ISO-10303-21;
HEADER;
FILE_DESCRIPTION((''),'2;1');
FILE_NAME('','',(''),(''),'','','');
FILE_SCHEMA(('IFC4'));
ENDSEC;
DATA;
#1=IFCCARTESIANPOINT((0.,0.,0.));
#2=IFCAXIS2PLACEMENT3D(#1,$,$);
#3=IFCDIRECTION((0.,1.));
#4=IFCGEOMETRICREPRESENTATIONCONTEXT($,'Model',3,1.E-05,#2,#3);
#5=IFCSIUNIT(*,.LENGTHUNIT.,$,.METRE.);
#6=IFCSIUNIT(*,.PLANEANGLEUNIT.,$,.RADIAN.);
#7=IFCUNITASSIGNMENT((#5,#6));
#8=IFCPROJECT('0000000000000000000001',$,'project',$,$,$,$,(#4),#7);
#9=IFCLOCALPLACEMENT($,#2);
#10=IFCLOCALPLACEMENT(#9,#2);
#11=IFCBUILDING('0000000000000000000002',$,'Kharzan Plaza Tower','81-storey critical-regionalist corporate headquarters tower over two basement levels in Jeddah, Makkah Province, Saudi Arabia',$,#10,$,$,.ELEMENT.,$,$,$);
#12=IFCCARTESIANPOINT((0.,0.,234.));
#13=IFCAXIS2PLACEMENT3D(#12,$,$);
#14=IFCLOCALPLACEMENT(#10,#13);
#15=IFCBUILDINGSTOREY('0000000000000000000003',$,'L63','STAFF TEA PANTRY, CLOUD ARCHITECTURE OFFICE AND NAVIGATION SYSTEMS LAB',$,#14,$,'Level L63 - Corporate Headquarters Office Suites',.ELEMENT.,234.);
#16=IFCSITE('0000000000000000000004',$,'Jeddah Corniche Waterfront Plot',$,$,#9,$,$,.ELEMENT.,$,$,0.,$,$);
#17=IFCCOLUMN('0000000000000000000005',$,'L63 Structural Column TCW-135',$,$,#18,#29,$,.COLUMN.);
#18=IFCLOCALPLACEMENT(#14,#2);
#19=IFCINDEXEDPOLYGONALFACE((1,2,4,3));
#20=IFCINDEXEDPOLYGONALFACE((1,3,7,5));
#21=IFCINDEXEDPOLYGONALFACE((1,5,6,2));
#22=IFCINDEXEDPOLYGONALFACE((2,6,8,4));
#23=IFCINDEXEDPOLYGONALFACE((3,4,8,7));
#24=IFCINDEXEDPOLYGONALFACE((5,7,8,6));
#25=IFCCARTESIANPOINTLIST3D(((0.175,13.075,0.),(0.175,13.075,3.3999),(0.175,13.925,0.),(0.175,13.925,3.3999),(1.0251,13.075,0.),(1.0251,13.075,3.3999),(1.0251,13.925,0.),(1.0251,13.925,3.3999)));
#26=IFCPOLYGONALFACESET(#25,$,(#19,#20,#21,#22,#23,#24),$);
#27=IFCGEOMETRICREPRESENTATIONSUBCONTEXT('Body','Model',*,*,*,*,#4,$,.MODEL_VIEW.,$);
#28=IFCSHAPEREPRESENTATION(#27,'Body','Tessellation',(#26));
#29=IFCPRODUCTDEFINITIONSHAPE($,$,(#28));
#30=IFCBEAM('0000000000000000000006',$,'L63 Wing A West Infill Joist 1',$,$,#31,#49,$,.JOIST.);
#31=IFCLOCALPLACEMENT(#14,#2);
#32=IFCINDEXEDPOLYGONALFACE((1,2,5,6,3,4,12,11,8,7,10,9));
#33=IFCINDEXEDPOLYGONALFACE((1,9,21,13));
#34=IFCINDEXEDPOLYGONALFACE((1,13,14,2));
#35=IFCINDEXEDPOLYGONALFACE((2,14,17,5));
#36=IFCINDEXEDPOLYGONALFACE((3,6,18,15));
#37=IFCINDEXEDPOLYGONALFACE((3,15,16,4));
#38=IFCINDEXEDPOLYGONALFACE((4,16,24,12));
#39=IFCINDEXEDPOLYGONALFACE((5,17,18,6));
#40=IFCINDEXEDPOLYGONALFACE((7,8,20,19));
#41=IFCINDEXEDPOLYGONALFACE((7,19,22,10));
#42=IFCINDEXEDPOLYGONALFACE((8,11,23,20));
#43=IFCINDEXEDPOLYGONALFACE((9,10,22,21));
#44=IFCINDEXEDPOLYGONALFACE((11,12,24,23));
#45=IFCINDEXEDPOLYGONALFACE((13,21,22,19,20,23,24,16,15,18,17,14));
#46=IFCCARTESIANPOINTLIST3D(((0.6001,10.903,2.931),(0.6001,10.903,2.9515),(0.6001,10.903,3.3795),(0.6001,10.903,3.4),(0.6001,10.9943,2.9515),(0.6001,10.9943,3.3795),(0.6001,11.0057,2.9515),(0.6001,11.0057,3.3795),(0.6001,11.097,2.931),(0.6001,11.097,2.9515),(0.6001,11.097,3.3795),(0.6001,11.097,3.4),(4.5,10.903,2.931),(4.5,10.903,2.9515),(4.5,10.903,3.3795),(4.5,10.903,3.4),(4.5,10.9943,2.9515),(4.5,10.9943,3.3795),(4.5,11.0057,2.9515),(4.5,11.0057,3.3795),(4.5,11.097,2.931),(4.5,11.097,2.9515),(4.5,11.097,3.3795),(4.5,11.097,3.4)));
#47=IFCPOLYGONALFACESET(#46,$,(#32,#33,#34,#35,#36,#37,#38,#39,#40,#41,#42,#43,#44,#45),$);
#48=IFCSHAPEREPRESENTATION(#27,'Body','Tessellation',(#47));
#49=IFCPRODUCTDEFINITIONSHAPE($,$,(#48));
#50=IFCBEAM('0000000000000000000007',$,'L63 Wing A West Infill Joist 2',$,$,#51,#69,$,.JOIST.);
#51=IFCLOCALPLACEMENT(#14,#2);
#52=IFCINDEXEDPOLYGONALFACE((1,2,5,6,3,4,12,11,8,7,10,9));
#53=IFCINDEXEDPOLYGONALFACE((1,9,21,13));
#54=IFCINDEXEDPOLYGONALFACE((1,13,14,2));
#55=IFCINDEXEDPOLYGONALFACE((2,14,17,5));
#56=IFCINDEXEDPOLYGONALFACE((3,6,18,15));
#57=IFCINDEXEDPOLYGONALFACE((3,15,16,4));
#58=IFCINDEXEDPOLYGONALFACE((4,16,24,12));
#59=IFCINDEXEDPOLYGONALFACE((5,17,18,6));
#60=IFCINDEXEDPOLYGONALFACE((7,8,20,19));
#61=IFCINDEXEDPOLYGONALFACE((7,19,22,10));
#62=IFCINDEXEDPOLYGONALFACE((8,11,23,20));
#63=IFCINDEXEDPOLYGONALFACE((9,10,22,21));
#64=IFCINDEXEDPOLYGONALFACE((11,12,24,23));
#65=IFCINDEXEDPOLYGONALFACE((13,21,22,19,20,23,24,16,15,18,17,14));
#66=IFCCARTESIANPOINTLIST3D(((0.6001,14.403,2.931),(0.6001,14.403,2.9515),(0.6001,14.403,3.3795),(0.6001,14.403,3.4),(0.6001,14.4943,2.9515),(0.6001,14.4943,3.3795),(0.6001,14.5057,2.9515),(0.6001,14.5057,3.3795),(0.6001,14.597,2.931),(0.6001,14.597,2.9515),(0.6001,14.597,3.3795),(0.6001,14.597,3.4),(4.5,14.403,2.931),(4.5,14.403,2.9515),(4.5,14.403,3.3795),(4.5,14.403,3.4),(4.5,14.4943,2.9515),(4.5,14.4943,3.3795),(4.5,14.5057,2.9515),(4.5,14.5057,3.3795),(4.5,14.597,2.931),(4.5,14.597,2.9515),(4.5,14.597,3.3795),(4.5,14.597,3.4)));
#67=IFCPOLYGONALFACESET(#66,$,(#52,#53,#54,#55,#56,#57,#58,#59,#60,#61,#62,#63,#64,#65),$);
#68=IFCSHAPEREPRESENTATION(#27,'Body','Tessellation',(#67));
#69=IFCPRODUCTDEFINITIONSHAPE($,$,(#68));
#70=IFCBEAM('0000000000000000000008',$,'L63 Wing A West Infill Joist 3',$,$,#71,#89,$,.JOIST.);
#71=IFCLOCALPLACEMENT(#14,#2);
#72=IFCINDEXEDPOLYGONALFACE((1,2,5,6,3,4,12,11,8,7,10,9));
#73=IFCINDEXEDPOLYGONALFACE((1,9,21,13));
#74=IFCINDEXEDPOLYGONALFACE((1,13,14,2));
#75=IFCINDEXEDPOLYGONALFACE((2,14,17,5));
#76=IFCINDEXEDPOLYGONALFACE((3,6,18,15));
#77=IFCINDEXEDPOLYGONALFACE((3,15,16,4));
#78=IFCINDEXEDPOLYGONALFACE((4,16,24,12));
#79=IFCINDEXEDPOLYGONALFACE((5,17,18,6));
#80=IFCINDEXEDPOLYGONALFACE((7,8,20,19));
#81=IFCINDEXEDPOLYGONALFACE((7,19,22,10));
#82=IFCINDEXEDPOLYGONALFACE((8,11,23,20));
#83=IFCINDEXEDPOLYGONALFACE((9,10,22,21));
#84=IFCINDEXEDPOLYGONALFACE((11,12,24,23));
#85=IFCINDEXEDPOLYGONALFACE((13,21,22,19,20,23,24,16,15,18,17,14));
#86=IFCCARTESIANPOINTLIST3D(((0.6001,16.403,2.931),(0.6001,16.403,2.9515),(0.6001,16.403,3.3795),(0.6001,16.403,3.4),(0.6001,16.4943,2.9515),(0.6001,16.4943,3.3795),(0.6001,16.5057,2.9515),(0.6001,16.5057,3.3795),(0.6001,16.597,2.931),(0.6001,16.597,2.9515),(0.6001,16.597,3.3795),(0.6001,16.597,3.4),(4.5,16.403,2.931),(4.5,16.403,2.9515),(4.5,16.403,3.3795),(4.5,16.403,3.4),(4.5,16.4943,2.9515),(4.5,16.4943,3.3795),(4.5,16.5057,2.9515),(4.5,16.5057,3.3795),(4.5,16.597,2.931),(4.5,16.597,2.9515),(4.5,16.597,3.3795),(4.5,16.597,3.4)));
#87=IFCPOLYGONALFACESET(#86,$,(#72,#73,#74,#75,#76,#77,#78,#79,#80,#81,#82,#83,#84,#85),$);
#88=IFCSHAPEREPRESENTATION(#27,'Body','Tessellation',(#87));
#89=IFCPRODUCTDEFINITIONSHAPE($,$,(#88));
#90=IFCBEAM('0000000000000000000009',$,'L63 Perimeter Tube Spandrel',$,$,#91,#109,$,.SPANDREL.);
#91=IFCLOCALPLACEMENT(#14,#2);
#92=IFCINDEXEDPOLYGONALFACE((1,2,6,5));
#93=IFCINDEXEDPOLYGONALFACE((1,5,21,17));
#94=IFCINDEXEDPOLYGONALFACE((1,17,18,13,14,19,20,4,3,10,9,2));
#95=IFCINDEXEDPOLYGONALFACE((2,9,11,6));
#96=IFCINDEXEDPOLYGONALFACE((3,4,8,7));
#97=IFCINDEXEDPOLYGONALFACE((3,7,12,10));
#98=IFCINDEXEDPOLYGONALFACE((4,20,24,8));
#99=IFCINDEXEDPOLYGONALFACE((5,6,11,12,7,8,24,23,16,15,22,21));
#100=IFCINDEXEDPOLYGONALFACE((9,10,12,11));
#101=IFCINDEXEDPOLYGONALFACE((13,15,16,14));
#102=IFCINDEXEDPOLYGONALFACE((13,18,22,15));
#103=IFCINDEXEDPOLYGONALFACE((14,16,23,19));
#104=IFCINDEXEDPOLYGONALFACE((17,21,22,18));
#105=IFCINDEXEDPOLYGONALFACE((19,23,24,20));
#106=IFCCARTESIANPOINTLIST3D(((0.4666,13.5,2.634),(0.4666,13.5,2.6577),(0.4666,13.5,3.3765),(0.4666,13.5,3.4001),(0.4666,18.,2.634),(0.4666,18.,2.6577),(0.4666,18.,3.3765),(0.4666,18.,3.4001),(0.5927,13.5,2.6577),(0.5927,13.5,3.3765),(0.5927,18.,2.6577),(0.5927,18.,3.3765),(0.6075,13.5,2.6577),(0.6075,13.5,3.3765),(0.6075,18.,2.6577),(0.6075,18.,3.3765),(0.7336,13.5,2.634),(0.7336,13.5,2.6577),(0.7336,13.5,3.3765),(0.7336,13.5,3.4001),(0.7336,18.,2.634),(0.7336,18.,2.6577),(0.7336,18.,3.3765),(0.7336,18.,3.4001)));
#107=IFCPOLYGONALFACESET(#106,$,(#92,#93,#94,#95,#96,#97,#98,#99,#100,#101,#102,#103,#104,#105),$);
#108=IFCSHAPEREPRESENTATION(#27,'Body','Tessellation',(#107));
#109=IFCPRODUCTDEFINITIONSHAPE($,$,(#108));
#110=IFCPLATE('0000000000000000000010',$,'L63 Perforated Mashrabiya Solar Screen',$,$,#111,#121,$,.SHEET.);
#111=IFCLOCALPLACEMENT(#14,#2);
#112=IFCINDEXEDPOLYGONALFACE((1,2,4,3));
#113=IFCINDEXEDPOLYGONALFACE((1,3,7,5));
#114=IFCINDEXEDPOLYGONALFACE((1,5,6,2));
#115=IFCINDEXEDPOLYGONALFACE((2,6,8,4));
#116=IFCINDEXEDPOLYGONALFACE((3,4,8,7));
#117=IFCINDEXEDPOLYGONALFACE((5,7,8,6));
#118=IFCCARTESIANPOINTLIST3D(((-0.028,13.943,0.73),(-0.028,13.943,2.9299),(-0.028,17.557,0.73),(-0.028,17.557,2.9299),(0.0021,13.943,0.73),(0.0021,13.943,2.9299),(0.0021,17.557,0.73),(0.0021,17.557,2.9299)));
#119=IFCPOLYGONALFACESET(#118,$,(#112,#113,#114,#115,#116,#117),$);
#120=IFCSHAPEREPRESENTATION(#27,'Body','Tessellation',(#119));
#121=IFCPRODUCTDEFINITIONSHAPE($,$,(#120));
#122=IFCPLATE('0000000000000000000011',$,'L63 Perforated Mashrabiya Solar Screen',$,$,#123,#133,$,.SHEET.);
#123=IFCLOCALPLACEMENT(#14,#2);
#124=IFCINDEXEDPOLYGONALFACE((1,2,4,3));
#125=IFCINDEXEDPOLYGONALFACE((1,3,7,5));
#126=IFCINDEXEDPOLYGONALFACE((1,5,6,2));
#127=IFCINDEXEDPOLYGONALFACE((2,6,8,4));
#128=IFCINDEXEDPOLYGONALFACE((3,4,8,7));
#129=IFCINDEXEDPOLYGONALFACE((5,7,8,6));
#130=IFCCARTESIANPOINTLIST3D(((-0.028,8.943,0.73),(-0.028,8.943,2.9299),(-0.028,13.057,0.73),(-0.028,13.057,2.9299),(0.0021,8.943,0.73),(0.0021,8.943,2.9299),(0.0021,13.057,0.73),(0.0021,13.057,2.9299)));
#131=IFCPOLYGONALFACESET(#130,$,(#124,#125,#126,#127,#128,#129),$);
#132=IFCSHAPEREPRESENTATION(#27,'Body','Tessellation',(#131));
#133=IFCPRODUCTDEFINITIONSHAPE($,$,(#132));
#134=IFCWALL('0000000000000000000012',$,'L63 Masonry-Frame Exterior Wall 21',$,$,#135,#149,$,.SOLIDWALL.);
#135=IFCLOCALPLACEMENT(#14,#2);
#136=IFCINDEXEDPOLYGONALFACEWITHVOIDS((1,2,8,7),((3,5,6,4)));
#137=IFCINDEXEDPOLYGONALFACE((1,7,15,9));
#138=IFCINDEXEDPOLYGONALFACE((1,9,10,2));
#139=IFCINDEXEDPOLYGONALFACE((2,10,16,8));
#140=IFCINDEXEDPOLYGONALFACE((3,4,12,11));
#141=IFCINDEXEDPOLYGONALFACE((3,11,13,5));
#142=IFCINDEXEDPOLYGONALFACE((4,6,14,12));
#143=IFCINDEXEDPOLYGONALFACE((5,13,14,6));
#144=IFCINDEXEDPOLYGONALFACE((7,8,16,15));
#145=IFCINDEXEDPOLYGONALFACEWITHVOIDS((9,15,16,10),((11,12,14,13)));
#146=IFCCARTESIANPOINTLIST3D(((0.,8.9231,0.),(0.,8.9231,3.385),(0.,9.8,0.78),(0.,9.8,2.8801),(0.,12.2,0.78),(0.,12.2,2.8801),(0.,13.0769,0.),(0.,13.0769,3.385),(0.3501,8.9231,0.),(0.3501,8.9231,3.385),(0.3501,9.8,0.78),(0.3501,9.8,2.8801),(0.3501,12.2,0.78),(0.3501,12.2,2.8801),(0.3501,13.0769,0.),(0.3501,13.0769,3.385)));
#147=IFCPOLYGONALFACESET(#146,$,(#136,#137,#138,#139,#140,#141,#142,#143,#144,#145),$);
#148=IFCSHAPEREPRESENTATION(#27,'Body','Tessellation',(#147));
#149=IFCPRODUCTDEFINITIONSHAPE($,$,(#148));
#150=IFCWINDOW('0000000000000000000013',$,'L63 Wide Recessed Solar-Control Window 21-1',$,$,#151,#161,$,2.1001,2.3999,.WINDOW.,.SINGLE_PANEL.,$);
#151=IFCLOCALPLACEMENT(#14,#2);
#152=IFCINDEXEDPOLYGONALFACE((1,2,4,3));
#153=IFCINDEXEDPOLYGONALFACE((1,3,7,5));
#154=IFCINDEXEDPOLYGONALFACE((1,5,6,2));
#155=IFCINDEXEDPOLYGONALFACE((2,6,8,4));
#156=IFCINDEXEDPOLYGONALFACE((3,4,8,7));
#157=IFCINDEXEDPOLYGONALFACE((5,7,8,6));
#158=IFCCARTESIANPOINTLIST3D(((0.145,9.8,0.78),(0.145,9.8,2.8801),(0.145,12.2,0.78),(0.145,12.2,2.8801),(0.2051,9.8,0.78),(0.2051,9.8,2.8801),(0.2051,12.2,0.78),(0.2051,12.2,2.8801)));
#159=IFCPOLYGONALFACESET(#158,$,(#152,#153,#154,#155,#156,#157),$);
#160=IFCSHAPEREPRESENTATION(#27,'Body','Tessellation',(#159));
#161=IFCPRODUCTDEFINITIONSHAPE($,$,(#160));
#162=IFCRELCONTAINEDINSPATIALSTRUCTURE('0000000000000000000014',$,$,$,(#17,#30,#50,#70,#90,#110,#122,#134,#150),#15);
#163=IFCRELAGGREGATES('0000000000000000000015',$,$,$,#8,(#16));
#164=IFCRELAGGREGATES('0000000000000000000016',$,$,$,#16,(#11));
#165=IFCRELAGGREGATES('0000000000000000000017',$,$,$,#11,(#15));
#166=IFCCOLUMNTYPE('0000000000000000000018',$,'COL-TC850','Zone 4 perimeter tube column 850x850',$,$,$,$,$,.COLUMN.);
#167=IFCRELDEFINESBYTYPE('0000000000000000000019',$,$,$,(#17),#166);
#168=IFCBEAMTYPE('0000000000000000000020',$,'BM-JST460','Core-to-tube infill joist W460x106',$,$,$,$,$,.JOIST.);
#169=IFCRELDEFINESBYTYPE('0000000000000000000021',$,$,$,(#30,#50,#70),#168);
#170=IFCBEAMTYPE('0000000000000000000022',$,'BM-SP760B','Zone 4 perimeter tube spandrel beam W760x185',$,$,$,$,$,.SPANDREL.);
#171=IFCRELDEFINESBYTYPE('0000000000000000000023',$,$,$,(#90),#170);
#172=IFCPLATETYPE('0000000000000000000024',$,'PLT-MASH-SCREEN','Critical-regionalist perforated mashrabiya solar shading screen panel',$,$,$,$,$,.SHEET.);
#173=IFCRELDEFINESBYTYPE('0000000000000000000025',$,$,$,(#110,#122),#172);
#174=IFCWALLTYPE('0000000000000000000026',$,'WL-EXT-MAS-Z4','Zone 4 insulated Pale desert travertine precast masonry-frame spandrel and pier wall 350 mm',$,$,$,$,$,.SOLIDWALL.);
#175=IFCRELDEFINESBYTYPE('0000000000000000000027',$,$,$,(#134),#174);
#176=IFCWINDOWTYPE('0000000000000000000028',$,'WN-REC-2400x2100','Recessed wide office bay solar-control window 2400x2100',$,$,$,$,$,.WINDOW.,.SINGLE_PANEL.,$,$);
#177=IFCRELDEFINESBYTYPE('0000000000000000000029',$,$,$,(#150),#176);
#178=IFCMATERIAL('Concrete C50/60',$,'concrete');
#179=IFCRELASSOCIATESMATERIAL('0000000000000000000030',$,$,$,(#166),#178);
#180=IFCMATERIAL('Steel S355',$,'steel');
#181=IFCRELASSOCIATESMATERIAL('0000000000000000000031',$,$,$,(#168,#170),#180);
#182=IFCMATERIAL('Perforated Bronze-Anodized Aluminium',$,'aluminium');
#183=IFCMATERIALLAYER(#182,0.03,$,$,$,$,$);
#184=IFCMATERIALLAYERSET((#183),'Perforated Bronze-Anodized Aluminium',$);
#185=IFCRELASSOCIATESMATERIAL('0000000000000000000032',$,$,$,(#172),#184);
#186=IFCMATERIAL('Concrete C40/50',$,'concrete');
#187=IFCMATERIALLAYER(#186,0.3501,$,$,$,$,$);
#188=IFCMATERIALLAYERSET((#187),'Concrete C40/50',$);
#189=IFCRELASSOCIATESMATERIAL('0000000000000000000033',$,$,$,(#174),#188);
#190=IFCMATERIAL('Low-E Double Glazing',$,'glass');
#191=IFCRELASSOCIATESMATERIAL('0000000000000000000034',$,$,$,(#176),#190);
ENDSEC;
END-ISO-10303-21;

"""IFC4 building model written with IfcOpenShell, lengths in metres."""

from ifc_helpers import new_model, si_unit, direction, frame, frame_2d, origin, origin_2d, place, context, subcontext, project, spatial, rectangle, i_section, extrude, source, transform, mapped, material, layer, layer_set, material_profile, profile_set, type_object, element, fill, save


model = new_model("IFC4")

# Units and contexts
model_context = context("Model", 3, precision=1e-05, world=origin(), true_north=direction((0.0, 1.0)))
body_context = subcontext(model_context, "Body", "Model", "MODEL_VIEW")
ifc_project = project(units=[si_unit("LENGTHUNIT", "METRE"), si_unit("PLANEANGLEUNIT", "RADIAN")], contexts=[model_context])

# Site, building, storey
site_placement = place(None, origin())
site = spatial("IfcSite", under=ifc_project, at=site_placement, Name="Jeddah Corniche Waterfront Plot", CompositionType="ELEMENT", RefElevation=0.0)
building_placement = place(site_placement, origin())
building = spatial("IfcBuilding", under=site, at=building_placement, Name="Kharzan Plaza Tower", Description="81-storey critical-regionalist corporate headquarters tower over two basement levels in Jeddah, Makkah Province, Saudi Arabia", CompositionType="ELEMENT")
storey_placement = place(building_placement, frame((0.0, 0.0, 234.0)))
storey = spatial("IfcBuildingStorey", under=building, at=storey_placement, Name="L63", Description="STAFF TEA PANTRY, CLOUD ARCHITECTURE OFFICE AND NAVIGATION SYSTEMS LAB", LongName="Level L63 - Corporate Headquarters Office Suites", CompositionType="ELEMENT", Elevation=234.0)

# Column
ifc_material_1 = material(Name="Concrete C50/60", Category="concrete")
ifc_material_profile_1 = material_profile(ifc_material_1, rectangle(XDim=0.8501, YDim=0.8501, at=origin_2d()), Name="RC-TC850x850")
ifc_profile_set_1 = profile_set([ifc_material_profile_1], Name="Concrete C50/60")
column_type = type_object("IfcColumnType", Name="COL-TC850", Description="Zone 4 perimeter tube column 850x850", PredefinedType="COLUMN", material=ifc_profile_set_1)
shared_shape_1 = source(origin(), body_context, "Body", "SweptSolid", [
    extrude(rectangle(XDim=0.8501, YDim=0.8501, at=origin_2d()), origin(), (0.0, 0.0, 1.0), 3.3999),
])
column_placement = place(storey_placement, frame((0.6001, 13.5, 0.0), z_axis=(0.0, 0.0, 1.0), x_axis=(1.0, 0.0, 0.0)))
element("IfcColumn", 1, at=column_placement, inside=storey, type_object=column_type, Name="L63 Structural Column TCW-135", PredefinedType="COLUMN", context=body_context, shape_type="MappedRepresentation", body=[
    mapped(shared_shape_1, transform((0.0, 0.0, 0.0), x_axis=(1.0, 0.0, 0.0), y_axis=(0.0, 1.0, 0.0), z_axis=(0.0, 0.0, 1.0))),
])

# Beams
ifc_material_2 = material(Name="Steel S355", Category="steel")
ifc_material_profile_2 = material_profile(ifc_material_2, i_section(OverallWidth=0.1941, OverallDepth=0.469, WebThickness=0.0115, FlangeThickness=0.0205, at=origin_2d()), Name="W460x106")
ifc_profile_set_2 = profile_set([ifc_material_profile_2], Name="Steel S355")
beam_type_1 = type_object("IfcBeamType", Name="BM-JST460", Description="Core-to-tube infill joist W460x106", PredefinedType="JOIST", material=ifc_profile_set_2)
shared_shape_2 = source(origin(), body_context, "Body", "SweptSolid", [
    extrude(i_section(OverallWidth=0.1941, OverallDepth=0.469, WebThickness=0.0115, FlangeThickness=0.0205, at=origin_2d()), origin(), (0.0, 0.0, 1.0), 3.8999),
])
for number, where, z_axis, x_axis, name in (
    (2, (0.6001, 11.0, 3.1655), (1.0, 0.0, 0.0), (0.0, 1.0, 0.0), "L63 Wing A West Infill Joist 1"),
    (3, (0.6001, 14.5, 3.1655), (1.0, 0.0, 0.0), (0.0, 1.0, 0.0), "L63 Wing A West Infill Joist 2"),
    (4, (0.6001, 16.5, 3.1655), (1.0, 0.0, 0.0), (0.0, 1.0, 0.0), "L63 Wing A West Infill Joist 3"),
):
    element("IfcBeam", number, at=place(storey_placement, frame(where, z_axis=z_axis, x_axis=x_axis)), inside=storey, type_object=beam_type_1, Name=name, PredefinedType="JOIST", context=body_context, shape_type="MappedRepresentation", body=[
        mapped(shared_shape_2, transform((0.0, 0.0, 0.0), x_axis=(1.0, 0.0, 0.0), y_axis=(0.0, 1.0, 0.0), z_axis=(0.0, 0.0, 1.0))),
    ])
ifc_material_profile_3 = material_profile(ifc_material_2, i_section(OverallWidth=0.2671, OverallDepth=0.7661, WebThickness=0.0149, FlangeThickness=0.0237, at=origin_2d()), Name="W760x185")
ifc_profile_set_3 = profile_set([ifc_material_profile_3], Name="Steel S355")
beam_type_2 = type_object("IfcBeamType", Name="BM-SP760B", Description="Zone 4 perimeter tube spandrel beam W760x185", PredefinedType="SPANDREL", material=ifc_profile_set_3)
shared_shape_3 = source(origin(), body_context, "Body", "SweptSolid", [
    extrude(i_section(OverallWidth=0.2671, OverallDepth=0.7661, WebThickness=0.0149, FlangeThickness=0.0237, at=origin_2d()), origin(), (0.0, 0.0, 1.0), 4.5),
])
beam_placement = place(storey_placement, frame((0.6001, 13.5, 3.0171), z_axis=(0.0, 1.0, 0.0), x_axis=(-1.0, 0.0, 0.0)))
element("IfcBeam", 5, at=beam_placement, inside=storey, type_object=beam_type_2, Name="L63 Perimeter Tube Spandrel", PredefinedType="SPANDREL", context=body_context, shape_type="MappedRepresentation", body=[
    mapped(shared_shape_3, transform((0.0, 0.0, 0.0), x_axis=(1.0, 0.0, 0.0), y_axis=(0.0, 1.0, 0.0), z_axis=(0.0, 0.0, 1.0))),
])

# Plates
ifc_material_3 = material(Name="Perforated Bronze-Anodized Aluminium", Category="aluminium")
ifc_layer_1 = layer(ifc_material_3, 0.03)
ifc_layer_set_1 = layer_set([ifc_layer_1], Name="Perforated Bronze-Anodized Aluminium")
plate_type = type_object("IfcPlateType", Name="PLT-MASH-SCREEN", Description="Critical-regionalist perforated mashrabiya solar shading screen panel", PredefinedType="SHEET", material=ifc_layer_set_1)
shared_shape_4 = source(origin(), body_context, "Body", "SweptSolid", [
    extrude(rectangle(XDim=3.614, YDim=0.03, at=origin_2d()), origin(), (0.0, 0.0, 1.0), 2.2),
])
plate_1_placement = place(storey_placement, frame((-0.0129, 15.75, 0.73), z_axis=(0.0, 0.0, 1.0), x_axis=(0.0, -1.0, 0.0)))
element("IfcPlate", 6, at=plate_1_placement, inside=storey, type_object=plate_type, Name="L63 Perforated Mashrabiya Solar Screen", PredefinedType="SHEET", context=body_context, shape_type="MappedRepresentation", body=[
    mapped(shared_shape_4, transform((0.0, 0.0, 0.0), x_axis=(1.0, 0.0, 0.0), y_axis=(0.0, 1.0, 0.0), z_axis=(0.0, 0.0, 1.0))),
])
shared_shape_5 = source(origin(), body_context, "Body", "SweptSolid", [
    extrude(rectangle(XDim=4.114, YDim=0.03, at=origin_2d()), origin(), (0.0, 0.0, 1.0), 2.2),
])
plate_2_placement = place(storey_placement, frame((-0.0129, 11.0, 0.73), z_axis=(0.0, 0.0, 1.0), x_axis=(0.0, -1.0, 0.0)))
element("IfcPlate", 7, at=plate_2_placement, inside=storey, type_object=plate_type, Name="L63 Perforated Mashrabiya Solar Screen", PredefinedType="SHEET", context=body_context, shape_type="MappedRepresentation", body=[
    mapped(shared_shape_5, transform((0.0, 0.0, 0.0), x_axis=(1.0, 0.0, 0.0), y_axis=(0.0, 1.0, 0.0), z_axis=(0.0, 0.0, 1.0))),
])

# Wall, opening, window
ifc_material_4 = material(Name="Concrete C40/50", Category="concrete")
ifc_layer_2 = layer(ifc_material_4, 0.3501)
ifc_layer_set_2 = layer_set([ifc_layer_2], Name="Concrete C40/50")
wall_type_1 = type_object("IfcWallType", Name="WL-EXT-MAS-Z4", Description="Zone 4 insulated Pale desert travertine precast masonry-frame spandrel and pier wall 350 mm", PredefinedType="SOLIDWALL", material=ifc_layer_set_2)
wall_1_placement = place(storey_placement, frame((0.175, 13.0769, 0.0), z_axis=(0.0, 0.0, 1.0), x_axis=(0.0, -1.0, 0.0)))
wall_1 = element("IfcWall", 8, at=wall_1_placement, inside=storey, type_object=wall_type_1, Name="L63 Masonry-Frame Exterior Wall 21", PredefinedType="SOLIDWALL", context=body_context, shape_type="SweptSolid", body=[
    extrude(rectangle(XDim=4.1538, YDim=0.3501, at=frame_2d((2.0769, 0.0))), origin(), (0.0, 0.0, 1.0), 3.385),
])
opening_1_placement = place(wall_1_placement, frame((0.877, 0.0, 0.78)))
opening_1 = element("IfcOpeningElement", 9, at=opening_1_placement, cuts=wall_1, PredefinedType="OPENING", context=body_context, shape_type="SweptSolid", body=[
    extrude(rectangle(XDim=2.3999, YDim=2.1001, at=frame_2d((1.2, 1.05))), frame((0.0, 0.1851, 0.0), z_axis=(0.0, -1.0, 0.0), x_axis=(1.0, 0.0, 0.0)), (0.0, 0.0, 1.0), 0.3701),
])
ifc_material_5 = material(Name="Low-E Double Glazing", Category="glass")
window_type = type_object("IfcWindowType", Name="WN-REC-2400x2100", Description="Recessed wide office bay solar-control window 2400x2100", PartitioningType="SINGLE_PANEL", PredefinedType="WINDOW", material=ifc_material_5)
shared_shape_6 = source(origin(), body_context, "Body", "SweptSolid", [
    extrude(rectangle(XDim=2.3999, YDim=2.1001, at=frame_2d((1.2, 1.05))), frame((0.0, 0.03, 0.0), z_axis=(0.0, -1.0, 0.0), x_axis=(1.0, 0.0, 0.0)), (0.0, 0.0, 1.0), 0.0601),
])
window_placement = place(opening_1_placement, origin())
window = element("IfcWindow", 10, at=window_placement, inside=storey, type_object=window_type, Name="L63 Wide Recessed Solar-Control Window 21-1", OverallHeight=2.1001, OverallWidth=2.3999, PartitioningType="SINGLE_PANEL", PredefinedType="WINDOW", context=body_context, shape_type="MappedRepresentation", body=[
    mapped(shared_shape_6, transform((0.0, 0.0, 0.0), x_axis=(1.0, 0.0, 0.0), y_axis=(0.0, 1.0, 0.0), z_axis=(0.0, 0.0, 1.0))),
])
fill(opening_1, window)

save(model, "model.ifc")
